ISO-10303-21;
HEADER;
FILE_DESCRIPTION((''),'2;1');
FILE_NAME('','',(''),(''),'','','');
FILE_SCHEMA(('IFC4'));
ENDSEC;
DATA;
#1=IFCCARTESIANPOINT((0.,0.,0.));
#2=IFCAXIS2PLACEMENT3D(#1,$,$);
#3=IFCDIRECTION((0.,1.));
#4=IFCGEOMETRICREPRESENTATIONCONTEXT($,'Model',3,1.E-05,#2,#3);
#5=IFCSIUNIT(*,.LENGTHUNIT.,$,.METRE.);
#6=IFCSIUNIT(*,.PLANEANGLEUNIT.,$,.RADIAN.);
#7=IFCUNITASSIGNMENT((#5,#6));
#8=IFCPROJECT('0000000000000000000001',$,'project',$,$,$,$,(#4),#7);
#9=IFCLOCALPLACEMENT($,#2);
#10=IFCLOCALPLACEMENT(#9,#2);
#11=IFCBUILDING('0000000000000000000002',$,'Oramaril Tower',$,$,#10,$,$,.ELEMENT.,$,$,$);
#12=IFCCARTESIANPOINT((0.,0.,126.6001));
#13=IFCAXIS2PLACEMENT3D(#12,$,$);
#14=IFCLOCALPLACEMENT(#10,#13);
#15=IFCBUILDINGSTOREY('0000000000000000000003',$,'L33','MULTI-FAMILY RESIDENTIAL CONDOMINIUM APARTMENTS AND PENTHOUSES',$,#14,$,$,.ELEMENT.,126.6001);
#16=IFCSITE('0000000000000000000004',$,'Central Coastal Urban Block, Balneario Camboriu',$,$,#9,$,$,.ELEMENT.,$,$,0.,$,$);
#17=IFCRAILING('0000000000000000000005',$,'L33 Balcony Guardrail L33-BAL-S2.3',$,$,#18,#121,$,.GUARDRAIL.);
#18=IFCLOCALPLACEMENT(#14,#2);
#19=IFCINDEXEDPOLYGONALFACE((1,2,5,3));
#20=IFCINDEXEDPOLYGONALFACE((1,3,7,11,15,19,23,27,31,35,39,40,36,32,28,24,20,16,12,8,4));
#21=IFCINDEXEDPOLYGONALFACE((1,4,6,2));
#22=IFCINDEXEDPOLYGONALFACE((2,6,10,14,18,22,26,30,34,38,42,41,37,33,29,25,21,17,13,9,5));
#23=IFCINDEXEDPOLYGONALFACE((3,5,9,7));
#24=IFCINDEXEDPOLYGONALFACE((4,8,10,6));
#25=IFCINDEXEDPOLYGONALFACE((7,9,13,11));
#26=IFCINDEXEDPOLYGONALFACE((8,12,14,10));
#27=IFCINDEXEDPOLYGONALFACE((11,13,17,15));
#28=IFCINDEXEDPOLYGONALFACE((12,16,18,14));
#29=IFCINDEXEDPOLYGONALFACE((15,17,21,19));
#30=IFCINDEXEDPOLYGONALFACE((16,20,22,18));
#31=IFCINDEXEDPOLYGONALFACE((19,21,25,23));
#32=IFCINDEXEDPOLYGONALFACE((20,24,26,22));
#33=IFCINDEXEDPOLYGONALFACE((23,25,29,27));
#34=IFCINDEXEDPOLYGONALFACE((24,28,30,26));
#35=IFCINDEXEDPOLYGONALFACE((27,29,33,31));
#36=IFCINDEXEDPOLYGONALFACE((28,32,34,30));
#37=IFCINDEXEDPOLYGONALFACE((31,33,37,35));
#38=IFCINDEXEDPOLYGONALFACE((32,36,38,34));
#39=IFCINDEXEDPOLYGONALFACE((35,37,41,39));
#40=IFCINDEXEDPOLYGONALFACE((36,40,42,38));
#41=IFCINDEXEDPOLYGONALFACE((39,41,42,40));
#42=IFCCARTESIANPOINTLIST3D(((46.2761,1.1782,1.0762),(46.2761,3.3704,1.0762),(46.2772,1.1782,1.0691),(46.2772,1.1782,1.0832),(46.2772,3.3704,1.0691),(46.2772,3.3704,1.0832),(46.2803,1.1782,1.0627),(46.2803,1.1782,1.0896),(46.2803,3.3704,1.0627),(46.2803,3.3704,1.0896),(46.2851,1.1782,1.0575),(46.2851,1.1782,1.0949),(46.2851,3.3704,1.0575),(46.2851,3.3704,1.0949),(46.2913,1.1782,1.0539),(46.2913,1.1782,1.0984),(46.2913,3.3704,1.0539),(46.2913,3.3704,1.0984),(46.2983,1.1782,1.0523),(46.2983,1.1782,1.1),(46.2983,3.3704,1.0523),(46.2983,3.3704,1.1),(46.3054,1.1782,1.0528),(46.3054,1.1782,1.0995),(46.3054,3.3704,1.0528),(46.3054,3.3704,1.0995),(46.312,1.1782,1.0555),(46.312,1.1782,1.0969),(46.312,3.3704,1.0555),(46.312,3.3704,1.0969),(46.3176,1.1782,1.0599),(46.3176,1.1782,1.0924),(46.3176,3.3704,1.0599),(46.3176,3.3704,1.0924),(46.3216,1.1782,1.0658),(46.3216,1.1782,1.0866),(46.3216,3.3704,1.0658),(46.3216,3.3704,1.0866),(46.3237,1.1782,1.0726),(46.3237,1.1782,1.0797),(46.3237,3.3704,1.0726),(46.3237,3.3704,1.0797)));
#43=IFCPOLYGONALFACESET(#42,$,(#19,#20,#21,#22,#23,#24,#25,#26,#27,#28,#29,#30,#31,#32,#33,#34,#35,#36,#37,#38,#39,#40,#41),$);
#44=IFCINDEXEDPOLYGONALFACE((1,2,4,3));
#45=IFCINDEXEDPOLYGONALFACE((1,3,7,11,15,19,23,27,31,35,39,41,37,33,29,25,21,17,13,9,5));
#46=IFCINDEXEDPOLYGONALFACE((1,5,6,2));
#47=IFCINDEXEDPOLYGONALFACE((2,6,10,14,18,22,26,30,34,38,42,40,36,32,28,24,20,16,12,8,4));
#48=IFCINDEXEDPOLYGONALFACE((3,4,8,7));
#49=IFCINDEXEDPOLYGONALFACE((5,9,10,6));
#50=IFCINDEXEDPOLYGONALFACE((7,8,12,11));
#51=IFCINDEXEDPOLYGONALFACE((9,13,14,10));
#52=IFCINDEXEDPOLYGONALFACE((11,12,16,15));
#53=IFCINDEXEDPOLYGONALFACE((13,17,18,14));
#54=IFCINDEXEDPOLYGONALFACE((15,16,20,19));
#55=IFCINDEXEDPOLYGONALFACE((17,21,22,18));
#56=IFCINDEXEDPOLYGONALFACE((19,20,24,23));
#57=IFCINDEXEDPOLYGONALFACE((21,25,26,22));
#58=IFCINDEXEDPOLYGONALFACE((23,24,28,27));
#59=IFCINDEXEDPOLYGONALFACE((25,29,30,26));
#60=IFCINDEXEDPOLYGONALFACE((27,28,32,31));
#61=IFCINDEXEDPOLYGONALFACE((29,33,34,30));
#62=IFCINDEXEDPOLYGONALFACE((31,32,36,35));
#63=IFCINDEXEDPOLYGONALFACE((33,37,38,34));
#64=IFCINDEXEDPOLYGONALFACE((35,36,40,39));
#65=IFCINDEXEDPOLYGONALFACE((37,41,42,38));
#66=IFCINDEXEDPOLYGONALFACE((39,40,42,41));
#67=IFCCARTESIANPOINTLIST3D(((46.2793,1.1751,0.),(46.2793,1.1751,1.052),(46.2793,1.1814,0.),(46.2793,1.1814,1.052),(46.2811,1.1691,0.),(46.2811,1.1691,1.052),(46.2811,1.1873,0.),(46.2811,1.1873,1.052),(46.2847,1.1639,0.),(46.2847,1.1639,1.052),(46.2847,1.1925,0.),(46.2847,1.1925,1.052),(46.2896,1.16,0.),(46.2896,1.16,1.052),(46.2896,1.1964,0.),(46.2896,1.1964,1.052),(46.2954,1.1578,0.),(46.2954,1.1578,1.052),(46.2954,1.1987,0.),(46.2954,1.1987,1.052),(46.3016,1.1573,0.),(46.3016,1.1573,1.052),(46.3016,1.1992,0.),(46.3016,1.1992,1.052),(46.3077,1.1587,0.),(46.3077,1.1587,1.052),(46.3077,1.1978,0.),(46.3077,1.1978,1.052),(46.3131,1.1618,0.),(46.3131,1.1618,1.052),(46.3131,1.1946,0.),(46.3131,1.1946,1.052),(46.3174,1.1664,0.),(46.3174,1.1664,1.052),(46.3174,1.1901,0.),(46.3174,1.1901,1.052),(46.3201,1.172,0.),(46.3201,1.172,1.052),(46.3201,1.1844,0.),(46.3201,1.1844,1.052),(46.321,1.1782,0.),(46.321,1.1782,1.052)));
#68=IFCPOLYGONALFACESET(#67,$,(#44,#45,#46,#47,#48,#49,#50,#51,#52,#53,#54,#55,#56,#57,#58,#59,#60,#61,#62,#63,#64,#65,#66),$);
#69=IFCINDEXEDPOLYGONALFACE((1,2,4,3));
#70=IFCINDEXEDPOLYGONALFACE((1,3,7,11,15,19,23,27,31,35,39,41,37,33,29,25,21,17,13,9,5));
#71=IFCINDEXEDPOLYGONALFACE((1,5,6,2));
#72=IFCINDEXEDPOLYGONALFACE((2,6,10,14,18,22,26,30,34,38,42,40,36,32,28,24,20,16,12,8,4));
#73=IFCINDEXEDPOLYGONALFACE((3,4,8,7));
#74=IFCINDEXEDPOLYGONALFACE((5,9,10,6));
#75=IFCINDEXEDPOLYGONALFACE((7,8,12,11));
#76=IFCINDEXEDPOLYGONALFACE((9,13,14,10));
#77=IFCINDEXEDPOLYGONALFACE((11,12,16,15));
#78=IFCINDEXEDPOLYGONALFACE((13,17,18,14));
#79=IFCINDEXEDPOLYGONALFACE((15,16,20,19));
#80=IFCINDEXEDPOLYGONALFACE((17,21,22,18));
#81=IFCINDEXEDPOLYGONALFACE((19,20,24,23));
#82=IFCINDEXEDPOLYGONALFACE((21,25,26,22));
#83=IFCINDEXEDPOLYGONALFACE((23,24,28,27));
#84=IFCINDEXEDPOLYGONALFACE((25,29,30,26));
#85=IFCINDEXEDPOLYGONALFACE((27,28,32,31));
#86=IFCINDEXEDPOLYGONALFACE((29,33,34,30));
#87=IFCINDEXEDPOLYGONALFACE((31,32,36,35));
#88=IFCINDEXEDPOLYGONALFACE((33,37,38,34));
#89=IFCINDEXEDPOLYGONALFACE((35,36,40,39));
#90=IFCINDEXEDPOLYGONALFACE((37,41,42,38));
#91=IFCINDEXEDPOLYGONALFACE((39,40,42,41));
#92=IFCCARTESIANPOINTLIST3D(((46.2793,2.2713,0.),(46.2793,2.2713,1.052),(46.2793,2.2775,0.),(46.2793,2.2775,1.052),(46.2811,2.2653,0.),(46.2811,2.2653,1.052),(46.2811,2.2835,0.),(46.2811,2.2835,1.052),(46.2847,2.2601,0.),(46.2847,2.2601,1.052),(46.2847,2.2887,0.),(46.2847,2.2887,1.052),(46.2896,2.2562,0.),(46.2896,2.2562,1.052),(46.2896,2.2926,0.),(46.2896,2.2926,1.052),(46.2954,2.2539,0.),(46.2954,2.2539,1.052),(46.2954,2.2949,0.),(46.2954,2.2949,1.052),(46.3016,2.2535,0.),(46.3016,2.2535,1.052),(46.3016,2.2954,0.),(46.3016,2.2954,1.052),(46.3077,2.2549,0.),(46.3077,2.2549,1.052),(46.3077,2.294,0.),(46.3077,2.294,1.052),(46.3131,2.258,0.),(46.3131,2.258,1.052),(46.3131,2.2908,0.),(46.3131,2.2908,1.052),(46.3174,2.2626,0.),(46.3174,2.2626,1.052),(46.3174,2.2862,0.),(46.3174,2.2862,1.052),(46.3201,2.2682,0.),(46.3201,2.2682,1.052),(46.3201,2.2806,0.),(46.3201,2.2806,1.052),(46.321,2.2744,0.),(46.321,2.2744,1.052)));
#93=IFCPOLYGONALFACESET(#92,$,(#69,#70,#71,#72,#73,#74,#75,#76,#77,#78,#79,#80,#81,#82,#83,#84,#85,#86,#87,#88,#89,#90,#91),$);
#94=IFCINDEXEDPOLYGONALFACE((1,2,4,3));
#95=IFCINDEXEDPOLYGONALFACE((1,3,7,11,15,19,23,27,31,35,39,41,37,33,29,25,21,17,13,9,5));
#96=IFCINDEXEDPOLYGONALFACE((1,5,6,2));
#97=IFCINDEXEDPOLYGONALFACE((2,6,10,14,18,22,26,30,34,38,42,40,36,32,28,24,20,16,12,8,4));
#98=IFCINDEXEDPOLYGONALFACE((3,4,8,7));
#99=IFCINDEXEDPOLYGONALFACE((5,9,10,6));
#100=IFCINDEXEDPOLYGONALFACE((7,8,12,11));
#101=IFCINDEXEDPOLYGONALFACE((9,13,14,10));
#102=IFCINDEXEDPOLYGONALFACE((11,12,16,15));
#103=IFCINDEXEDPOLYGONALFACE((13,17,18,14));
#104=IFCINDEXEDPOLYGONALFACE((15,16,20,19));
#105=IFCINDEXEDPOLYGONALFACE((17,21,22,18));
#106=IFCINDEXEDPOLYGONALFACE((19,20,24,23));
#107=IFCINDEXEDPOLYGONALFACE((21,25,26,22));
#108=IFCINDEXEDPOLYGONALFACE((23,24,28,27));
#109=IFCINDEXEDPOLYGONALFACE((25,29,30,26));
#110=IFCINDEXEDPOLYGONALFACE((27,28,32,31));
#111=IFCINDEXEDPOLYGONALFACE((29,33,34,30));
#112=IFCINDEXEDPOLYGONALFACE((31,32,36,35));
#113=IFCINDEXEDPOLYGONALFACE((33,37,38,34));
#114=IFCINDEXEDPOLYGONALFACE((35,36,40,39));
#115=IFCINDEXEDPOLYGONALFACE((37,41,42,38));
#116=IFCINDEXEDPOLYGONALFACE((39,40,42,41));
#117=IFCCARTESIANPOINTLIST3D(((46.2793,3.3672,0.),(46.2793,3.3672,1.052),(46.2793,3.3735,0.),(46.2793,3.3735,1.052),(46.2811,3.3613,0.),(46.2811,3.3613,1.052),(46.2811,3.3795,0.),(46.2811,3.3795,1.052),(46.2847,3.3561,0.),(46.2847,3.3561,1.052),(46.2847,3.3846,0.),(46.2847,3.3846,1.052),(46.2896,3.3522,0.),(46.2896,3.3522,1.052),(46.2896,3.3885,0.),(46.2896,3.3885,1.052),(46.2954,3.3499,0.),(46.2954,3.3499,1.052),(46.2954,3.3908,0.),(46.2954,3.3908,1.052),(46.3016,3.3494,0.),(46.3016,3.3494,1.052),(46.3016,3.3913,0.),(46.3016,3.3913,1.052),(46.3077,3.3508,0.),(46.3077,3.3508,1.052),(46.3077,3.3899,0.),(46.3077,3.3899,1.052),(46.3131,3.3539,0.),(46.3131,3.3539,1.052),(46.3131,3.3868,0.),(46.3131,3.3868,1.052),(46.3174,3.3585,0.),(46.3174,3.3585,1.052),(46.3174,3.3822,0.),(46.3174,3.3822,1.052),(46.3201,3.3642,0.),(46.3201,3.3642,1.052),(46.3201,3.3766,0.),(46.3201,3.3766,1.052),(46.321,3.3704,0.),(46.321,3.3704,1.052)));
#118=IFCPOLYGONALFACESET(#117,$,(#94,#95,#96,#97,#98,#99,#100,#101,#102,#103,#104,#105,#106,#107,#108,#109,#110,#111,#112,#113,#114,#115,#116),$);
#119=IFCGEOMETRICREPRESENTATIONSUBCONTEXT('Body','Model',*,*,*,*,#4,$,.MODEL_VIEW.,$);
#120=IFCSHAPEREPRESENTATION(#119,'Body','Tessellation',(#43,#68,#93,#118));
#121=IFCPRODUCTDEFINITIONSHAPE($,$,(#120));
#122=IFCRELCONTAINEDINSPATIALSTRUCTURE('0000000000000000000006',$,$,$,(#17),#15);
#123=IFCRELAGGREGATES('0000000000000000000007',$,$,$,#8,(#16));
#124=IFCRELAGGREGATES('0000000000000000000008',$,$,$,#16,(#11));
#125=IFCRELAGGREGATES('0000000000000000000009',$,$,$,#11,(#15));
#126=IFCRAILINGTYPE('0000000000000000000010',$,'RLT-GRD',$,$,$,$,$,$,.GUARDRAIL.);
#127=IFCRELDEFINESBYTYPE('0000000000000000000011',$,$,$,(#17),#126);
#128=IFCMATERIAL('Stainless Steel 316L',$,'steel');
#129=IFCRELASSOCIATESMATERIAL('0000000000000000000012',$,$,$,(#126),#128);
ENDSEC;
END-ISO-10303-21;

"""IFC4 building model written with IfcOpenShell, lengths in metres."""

from ifc_helpers import new_model, si_unit, direction, frame, origin, origin_2d, place, context, subcontext, project, spatial, circle, extrude, material, type_object, element, save


model = new_model("IFC4")

# Units and contexts
model_context = context("Model", 3, precision=1e-05, world=origin(), true_north=direction((0.0, 1.0)))
body_context = subcontext(model_context, "Body", "Model", "MODEL_VIEW")
ifc_project = project(units=[si_unit("LENGTHUNIT", "METRE"), si_unit("PLANEANGLEUNIT", "RADIAN")], contexts=[model_context])

# Site, building, storey
site_placement = place(None, origin())
site = spatial("IfcSite", under=ifc_project, at=site_placement, Name="Central Coastal Urban Block, Balneario Camboriu", CompositionType="ELEMENT", RefElevation=0.0)
building_placement = place(site_placement, origin())
building = spatial("IfcBuilding", under=site, at=building_placement, Name="Oramaril Tower", CompositionType="ELEMENT")
storey_placement = place(building_placement, frame((0.0, 0.0, 126.6001)))
storey = spatial("IfcBuildingStorey", under=building, at=storey_placement, Name="L33", Description="MULTI-FAMILY RESIDENTIAL CONDOMINIUM APARTMENTS AND PENTHOUSES", CompositionType="ELEMENT", Elevation=126.6001)

# Railing
ifc_material_1 = material(Name="Stainless Steel 316L", Category="steel")
railing_type_1 = type_object("IfcRailingType", Name="RLT-GRD", PredefinedType="GUARDRAIL", material=ifc_material_1)
railing_1_placement = place(storey_placement, frame((46.3, 1.1782, 0.0)))
element("IfcRailing", 1, at=railing_1_placement, inside=storey, type_object=railing_type_1, Name="L33 Balcony Guardrail L33-BAL-S2.3", PredefinedType="GUARDRAIL", context=body_context, shape_type="SweptSolid", body=[
    extrude(circle(Radius=0.0239, at=origin_2d()), frame((0.0, 0.0, 1.0762), z_axis=(0.0, 1.0, 0.0), x_axis=(-1.0, 0.0, 0.0)), (0.0, 0.0, 1.0), 2.1921),
    extrude(circle(Radius=0.021, at=origin_2d()), origin(), (0.0, 0.0, 1.0), 1.052),
    extrude(circle(Radius=0.021, at=origin_2d()), frame((0.0, 1.0962, 0.0)), (0.0, 0.0, 1.0), 1.052),
    extrude(circle(Radius=0.021, at=origin_2d()), frame((0.0, 2.1921, 0.0)), (0.0, 0.0, 1.0), 1.052),
])

save(model, "model.ifc")
